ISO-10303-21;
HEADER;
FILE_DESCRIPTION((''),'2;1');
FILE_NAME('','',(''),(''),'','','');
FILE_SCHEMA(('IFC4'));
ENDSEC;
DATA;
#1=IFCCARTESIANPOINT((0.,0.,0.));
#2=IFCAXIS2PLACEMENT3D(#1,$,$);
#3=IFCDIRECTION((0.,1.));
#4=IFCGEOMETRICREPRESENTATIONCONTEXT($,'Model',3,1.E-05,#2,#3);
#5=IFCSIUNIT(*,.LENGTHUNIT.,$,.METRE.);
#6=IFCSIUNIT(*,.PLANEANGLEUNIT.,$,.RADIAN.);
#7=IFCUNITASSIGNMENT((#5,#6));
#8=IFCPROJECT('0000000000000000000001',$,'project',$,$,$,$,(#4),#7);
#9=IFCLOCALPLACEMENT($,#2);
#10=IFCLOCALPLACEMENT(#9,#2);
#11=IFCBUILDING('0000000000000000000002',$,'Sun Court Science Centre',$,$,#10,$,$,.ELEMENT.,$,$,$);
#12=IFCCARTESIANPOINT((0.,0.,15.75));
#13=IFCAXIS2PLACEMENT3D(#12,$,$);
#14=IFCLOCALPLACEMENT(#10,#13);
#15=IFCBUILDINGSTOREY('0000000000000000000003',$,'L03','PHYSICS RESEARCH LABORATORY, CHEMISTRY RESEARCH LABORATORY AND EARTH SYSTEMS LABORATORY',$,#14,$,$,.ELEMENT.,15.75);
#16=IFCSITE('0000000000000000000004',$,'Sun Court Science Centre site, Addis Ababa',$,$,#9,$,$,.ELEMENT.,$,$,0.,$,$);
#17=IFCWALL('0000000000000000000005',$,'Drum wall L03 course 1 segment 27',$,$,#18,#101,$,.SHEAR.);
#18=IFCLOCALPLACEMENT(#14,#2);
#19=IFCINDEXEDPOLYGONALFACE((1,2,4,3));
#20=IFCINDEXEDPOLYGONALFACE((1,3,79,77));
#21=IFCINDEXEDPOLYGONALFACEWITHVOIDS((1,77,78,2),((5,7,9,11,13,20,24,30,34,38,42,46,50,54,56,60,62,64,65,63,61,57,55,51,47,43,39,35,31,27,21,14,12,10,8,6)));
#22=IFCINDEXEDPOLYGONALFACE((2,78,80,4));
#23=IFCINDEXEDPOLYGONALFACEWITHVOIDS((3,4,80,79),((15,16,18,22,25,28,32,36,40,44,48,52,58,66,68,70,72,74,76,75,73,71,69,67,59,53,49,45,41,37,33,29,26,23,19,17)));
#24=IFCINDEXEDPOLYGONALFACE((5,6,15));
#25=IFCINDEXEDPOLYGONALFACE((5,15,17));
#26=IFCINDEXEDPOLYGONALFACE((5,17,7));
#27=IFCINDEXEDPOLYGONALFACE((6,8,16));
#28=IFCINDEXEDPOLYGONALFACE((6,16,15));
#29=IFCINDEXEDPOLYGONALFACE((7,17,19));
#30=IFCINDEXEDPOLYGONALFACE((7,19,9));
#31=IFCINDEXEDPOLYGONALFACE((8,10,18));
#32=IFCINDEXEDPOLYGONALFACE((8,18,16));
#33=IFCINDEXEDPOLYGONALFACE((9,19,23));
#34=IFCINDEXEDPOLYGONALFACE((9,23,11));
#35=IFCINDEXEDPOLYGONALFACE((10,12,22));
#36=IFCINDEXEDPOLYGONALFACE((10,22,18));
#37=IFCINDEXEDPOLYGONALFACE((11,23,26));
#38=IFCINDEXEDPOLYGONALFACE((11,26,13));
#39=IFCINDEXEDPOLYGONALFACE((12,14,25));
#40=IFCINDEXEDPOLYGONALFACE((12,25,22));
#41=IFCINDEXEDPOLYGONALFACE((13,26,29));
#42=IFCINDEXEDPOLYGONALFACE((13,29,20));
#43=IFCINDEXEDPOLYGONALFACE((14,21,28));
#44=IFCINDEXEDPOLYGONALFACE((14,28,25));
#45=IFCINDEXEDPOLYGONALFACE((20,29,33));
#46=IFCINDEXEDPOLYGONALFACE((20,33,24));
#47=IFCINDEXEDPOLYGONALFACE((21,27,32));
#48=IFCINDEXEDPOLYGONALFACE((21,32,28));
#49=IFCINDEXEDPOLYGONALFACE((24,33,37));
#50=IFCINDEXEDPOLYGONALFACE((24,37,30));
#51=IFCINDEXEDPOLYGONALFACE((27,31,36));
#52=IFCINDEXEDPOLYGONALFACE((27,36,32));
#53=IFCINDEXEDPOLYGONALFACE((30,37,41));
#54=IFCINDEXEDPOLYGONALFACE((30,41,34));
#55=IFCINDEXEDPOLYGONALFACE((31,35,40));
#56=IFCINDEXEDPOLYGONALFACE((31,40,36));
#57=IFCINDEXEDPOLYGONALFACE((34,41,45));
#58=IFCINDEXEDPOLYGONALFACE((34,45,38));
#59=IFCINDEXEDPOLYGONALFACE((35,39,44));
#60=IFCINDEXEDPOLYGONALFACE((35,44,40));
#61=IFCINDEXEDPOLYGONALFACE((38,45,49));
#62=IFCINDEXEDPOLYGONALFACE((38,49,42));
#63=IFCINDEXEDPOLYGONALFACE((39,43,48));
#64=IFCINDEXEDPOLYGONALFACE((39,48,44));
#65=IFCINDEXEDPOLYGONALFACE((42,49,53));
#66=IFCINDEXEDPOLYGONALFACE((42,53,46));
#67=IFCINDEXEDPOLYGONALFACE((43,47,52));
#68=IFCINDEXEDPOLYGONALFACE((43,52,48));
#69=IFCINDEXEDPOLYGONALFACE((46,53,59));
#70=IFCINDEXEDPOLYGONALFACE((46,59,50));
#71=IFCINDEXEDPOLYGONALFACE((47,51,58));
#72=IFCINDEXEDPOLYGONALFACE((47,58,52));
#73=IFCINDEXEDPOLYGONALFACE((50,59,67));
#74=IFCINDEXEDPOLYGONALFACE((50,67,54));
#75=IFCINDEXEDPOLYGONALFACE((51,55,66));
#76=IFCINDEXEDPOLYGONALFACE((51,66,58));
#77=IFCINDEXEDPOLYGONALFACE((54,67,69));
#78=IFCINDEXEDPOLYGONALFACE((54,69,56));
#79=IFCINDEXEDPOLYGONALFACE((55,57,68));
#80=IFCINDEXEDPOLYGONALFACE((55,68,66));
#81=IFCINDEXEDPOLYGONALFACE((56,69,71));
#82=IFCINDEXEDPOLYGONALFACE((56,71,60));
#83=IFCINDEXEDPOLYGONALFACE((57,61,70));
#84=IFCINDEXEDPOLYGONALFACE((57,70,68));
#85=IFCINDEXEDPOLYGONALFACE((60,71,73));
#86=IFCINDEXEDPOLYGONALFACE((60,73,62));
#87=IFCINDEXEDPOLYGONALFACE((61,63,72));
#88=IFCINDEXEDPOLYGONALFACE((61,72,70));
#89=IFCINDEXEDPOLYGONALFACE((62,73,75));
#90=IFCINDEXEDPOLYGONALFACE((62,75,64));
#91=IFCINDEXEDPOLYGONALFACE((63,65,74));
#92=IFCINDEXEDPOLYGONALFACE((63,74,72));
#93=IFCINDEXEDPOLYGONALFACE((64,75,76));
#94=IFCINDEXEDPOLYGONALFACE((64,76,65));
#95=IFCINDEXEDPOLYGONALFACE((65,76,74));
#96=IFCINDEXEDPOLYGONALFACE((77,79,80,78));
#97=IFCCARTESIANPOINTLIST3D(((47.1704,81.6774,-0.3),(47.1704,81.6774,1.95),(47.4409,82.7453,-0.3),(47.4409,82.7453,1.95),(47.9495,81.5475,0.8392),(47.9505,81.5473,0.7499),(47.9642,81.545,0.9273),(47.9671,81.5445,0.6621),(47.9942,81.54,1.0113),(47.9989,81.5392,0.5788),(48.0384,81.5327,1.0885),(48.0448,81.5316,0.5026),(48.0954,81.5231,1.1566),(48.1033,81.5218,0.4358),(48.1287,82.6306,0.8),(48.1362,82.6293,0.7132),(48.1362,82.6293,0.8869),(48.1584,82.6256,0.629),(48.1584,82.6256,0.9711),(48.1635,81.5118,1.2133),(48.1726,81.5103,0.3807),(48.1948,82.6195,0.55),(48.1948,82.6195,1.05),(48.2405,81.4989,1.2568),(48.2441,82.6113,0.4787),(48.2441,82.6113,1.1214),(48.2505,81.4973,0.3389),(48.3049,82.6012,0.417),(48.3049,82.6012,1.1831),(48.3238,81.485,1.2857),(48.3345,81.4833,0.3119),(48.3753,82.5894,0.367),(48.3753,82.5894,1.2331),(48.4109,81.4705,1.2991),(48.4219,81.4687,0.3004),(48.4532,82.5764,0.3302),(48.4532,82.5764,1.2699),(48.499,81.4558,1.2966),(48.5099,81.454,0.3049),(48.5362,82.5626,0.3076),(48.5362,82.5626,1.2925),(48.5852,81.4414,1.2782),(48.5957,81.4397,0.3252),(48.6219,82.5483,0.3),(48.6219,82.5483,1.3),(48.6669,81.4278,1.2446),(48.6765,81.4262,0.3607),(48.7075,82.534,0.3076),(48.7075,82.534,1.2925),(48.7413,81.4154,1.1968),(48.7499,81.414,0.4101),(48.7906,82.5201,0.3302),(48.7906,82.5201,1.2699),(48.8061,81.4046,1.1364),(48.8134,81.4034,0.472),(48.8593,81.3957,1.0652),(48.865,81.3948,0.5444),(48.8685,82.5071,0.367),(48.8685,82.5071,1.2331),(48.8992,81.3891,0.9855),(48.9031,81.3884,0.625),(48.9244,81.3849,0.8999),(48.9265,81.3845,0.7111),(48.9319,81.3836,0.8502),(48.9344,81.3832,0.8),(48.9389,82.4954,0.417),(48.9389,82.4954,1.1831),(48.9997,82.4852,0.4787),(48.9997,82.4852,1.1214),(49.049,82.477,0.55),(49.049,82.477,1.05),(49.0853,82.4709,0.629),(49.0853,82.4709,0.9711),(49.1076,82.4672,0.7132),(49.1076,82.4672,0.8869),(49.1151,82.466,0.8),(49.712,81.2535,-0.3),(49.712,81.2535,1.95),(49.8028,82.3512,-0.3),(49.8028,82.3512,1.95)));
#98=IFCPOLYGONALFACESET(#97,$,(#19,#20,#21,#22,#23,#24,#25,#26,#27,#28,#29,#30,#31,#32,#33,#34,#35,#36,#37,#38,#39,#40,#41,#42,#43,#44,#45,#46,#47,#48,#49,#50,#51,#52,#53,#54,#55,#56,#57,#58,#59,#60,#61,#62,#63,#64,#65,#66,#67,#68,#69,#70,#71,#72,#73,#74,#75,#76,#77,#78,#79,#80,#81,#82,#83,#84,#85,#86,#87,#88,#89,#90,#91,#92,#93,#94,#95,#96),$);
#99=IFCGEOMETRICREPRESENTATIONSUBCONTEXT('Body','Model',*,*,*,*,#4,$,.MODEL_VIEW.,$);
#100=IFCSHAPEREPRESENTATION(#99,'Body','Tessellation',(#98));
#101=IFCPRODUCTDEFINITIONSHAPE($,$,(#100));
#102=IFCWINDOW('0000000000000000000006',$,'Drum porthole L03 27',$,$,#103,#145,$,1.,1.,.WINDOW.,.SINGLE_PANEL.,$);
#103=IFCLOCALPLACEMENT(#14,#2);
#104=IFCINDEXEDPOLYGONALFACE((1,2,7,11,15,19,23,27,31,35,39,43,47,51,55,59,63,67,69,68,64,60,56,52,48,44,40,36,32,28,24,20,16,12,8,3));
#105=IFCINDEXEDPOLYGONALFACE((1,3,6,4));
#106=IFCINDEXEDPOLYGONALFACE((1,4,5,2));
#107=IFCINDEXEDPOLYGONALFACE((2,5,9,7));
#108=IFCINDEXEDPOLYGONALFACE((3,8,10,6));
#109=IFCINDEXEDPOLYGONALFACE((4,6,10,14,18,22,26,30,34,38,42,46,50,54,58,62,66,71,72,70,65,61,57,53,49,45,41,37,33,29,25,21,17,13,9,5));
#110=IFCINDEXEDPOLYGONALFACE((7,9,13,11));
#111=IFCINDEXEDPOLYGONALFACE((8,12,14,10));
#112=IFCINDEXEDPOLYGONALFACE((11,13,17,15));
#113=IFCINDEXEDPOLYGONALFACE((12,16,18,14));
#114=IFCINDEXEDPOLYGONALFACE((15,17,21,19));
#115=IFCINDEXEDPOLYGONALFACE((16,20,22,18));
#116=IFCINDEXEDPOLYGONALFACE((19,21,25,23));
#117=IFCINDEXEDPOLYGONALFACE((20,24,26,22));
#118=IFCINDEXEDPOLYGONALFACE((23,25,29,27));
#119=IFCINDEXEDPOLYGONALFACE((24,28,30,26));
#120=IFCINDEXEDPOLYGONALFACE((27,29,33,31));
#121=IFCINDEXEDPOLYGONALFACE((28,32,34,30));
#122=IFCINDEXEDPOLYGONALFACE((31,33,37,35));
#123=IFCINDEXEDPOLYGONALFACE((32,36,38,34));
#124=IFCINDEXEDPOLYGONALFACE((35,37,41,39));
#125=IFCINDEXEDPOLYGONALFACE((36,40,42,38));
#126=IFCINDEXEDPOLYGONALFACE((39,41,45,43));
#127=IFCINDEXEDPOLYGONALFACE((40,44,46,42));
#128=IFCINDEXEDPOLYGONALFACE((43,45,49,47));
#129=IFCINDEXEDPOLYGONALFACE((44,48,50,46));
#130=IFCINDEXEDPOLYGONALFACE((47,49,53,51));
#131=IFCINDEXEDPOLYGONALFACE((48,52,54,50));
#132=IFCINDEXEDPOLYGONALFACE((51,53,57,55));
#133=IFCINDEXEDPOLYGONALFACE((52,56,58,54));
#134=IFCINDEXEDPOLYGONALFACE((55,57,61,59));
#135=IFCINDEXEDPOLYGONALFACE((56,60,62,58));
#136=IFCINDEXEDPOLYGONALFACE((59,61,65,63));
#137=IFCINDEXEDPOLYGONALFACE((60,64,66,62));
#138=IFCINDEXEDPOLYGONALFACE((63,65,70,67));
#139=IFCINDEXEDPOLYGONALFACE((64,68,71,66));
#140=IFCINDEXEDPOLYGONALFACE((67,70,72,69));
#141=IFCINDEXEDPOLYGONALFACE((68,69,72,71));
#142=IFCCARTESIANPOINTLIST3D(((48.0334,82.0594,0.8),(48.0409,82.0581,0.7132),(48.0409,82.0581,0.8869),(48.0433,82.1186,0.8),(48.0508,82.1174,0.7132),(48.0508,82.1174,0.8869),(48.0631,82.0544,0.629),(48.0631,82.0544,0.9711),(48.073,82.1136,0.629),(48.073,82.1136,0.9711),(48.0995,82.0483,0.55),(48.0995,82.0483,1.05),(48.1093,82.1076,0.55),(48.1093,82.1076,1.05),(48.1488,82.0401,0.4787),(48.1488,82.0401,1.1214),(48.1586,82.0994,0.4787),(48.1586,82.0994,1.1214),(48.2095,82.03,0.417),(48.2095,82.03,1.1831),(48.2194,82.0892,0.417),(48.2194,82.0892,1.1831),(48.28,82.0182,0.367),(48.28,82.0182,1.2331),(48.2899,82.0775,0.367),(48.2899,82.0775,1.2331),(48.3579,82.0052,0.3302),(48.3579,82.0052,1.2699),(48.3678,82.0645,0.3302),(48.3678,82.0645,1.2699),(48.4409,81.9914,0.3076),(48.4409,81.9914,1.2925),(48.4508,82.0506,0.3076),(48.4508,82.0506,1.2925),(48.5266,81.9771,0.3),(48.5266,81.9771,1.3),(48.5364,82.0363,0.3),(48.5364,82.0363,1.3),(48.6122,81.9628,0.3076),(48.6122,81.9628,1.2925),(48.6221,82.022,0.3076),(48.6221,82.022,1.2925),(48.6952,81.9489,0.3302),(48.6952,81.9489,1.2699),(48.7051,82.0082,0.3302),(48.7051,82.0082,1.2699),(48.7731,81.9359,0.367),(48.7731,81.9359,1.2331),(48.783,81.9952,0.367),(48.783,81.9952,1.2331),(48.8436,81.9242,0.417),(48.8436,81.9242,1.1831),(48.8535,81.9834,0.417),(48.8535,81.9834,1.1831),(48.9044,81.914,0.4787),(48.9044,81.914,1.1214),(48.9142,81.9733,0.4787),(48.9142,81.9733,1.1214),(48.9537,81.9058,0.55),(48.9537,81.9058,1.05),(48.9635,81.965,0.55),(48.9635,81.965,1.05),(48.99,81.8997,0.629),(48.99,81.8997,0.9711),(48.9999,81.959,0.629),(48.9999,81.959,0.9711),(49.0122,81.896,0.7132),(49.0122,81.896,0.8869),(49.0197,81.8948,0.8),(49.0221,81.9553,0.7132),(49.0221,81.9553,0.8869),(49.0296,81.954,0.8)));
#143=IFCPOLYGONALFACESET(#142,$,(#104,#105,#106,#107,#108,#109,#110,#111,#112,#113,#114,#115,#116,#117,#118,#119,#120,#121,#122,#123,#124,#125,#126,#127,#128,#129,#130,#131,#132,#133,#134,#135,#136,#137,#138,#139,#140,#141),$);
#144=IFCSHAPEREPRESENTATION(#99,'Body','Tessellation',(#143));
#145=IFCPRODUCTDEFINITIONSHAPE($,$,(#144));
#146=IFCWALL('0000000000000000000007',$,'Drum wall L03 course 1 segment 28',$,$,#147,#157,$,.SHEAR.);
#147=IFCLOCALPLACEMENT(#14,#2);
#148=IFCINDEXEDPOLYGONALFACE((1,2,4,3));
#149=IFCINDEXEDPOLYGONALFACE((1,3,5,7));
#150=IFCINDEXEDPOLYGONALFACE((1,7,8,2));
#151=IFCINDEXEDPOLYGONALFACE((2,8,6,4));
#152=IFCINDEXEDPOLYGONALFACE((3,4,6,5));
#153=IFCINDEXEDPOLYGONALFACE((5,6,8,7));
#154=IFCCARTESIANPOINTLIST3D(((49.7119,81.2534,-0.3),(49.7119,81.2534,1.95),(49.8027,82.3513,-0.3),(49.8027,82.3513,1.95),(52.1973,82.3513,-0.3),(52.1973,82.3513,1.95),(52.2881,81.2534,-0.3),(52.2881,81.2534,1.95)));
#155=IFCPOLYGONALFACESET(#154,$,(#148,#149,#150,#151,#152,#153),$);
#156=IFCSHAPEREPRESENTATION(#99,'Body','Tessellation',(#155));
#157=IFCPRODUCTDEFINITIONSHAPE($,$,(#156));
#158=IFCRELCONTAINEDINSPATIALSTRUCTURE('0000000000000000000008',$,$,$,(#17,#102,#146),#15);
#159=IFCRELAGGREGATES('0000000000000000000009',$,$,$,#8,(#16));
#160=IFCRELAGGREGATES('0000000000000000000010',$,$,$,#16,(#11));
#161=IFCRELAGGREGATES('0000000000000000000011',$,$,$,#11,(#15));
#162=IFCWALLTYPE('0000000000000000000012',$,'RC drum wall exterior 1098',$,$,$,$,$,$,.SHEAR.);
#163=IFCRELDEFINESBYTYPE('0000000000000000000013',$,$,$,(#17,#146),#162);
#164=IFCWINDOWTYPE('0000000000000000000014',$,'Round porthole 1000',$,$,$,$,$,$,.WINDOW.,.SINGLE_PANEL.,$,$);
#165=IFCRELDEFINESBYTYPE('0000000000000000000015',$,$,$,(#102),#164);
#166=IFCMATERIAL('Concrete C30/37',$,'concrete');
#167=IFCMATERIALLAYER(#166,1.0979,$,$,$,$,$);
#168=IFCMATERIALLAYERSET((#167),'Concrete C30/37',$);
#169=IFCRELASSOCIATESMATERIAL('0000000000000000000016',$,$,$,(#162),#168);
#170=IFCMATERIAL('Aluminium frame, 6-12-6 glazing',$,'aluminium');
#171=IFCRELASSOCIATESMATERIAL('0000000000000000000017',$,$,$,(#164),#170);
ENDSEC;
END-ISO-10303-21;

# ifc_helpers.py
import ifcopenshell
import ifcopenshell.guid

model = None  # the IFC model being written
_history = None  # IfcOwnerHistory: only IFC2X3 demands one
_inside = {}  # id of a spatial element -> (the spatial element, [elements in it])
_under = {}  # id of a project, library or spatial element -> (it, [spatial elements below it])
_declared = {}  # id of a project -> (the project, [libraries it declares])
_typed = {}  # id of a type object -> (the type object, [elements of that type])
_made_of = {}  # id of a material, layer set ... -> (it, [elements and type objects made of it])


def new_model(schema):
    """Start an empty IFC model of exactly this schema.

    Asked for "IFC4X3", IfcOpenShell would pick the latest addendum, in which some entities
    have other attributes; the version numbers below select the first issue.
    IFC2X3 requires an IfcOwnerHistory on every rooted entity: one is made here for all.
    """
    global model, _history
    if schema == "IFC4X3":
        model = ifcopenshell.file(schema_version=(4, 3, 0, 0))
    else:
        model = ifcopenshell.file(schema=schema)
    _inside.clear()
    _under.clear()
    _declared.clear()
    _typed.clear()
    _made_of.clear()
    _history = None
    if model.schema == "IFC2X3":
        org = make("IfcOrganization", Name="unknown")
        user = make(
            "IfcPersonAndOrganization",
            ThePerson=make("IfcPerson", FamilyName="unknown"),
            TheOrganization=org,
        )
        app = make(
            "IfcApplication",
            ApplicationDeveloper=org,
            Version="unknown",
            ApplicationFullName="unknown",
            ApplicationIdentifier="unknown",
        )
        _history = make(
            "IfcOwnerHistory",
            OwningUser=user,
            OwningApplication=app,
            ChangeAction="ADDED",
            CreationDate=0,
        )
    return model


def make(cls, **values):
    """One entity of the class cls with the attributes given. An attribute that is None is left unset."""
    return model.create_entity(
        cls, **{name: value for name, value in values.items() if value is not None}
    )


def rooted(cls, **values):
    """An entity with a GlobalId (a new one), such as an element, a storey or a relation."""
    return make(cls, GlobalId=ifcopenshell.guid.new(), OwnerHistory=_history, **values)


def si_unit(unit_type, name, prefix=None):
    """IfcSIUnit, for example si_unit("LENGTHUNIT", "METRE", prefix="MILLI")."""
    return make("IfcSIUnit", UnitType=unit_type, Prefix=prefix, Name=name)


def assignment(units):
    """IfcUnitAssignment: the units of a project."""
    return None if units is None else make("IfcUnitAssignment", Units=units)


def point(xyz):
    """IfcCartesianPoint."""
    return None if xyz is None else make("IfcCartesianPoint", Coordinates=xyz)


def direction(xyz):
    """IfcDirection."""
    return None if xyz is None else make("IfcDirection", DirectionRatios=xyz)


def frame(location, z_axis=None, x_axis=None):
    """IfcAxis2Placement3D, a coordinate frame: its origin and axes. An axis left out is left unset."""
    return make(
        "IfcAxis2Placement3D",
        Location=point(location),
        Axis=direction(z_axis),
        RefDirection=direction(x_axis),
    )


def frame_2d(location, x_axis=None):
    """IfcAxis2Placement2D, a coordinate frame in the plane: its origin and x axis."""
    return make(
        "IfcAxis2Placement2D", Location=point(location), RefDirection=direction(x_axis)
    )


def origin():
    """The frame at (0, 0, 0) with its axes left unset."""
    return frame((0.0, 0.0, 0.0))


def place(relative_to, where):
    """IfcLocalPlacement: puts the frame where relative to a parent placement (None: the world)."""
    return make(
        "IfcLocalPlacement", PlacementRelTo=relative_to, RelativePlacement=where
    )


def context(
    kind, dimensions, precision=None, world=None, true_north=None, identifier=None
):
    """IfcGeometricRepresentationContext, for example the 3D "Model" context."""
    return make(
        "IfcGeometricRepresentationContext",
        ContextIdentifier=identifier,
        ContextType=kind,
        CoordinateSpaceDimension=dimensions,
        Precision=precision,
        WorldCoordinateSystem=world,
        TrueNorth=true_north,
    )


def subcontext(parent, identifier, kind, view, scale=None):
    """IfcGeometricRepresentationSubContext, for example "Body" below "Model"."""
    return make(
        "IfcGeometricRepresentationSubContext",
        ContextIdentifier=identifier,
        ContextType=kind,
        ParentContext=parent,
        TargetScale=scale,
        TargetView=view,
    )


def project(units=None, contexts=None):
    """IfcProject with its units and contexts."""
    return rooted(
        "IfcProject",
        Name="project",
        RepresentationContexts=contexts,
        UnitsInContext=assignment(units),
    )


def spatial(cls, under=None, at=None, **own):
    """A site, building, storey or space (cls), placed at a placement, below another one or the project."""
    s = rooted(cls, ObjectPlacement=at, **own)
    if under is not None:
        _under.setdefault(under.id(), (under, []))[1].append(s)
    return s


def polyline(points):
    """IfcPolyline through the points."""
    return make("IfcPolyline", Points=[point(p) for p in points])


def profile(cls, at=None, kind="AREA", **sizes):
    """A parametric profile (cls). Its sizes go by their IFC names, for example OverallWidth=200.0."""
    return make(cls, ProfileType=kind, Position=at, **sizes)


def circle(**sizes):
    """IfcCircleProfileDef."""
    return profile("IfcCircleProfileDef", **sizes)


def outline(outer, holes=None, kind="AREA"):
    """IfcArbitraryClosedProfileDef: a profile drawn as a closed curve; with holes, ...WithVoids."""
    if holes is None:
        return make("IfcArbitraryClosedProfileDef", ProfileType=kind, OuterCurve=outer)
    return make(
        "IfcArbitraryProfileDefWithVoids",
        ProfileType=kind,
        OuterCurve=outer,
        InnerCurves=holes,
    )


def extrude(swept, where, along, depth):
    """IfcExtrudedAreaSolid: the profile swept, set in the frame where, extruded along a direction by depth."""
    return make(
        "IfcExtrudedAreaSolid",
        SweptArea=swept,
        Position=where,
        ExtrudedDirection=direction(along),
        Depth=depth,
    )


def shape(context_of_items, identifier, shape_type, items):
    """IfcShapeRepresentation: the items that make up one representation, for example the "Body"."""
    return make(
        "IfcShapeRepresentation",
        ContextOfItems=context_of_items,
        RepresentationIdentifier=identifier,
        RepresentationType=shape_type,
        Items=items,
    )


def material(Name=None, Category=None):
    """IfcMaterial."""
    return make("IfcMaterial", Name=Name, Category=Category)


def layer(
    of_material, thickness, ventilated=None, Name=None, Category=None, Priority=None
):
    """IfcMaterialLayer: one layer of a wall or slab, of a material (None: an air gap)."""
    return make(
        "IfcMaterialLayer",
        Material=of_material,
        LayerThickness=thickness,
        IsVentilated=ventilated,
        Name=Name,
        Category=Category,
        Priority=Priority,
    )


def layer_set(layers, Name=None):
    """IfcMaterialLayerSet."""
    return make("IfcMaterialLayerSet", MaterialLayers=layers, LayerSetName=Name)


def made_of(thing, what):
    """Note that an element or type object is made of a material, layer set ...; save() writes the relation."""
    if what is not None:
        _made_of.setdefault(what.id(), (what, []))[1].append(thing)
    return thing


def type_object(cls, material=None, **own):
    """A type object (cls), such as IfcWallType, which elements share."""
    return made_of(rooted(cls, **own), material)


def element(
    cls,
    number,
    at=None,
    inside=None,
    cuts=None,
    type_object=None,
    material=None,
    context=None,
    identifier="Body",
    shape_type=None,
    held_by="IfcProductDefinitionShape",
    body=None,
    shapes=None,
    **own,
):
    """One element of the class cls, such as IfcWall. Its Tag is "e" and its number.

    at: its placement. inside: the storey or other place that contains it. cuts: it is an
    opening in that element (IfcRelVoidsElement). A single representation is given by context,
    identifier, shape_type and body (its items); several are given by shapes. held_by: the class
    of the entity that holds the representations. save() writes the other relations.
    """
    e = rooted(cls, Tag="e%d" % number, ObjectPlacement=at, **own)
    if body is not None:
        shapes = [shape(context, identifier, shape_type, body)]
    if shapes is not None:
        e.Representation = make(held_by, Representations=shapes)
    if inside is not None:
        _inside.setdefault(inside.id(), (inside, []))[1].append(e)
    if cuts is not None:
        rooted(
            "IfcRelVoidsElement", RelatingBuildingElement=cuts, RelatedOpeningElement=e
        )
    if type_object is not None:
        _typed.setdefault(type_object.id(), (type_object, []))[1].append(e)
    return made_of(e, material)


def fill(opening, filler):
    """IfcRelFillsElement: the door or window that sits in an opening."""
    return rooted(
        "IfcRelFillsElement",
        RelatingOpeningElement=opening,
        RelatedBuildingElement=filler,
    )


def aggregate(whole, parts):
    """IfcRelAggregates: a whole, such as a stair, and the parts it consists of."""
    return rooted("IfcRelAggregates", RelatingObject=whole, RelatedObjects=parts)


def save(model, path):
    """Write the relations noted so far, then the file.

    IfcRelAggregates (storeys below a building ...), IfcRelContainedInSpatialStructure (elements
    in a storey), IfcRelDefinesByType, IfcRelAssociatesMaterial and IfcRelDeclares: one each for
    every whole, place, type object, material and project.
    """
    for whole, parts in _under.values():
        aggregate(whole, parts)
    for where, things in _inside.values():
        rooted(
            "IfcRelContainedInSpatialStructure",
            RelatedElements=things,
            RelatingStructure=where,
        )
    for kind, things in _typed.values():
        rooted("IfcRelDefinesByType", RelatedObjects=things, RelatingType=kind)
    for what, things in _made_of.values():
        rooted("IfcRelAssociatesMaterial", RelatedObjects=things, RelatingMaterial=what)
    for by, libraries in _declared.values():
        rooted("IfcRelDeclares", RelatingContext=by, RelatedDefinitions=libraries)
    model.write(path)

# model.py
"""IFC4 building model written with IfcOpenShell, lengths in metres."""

from ifc_helpers import new_model, si_unit, direction, frame, frame_2d, origin, place, context, subcontext, project, spatial, polyline, circle, outline, extrude, material, layer, layer_set, type_object, element, fill, save


model = new_model("IFC4")

# Units and contexts
model_context = context("Model", 3, precision=1e-05, world=origin(), true_north=direction((0.0, 1.0)))
body_context = subcontext(model_context, "Body", "Model", "MODEL_VIEW")
ifc_project = project(units=[si_unit("LENGTHUNIT", "METRE"), si_unit("PLANEANGLEUNIT", "RADIAN")], contexts=[model_context])

# Site, building, storey
site_placement = place(None, origin())
site = spatial("IfcSite", under=ifc_project, at=site_placement, Name="Sun Court Science Centre site, Addis Ababa", CompositionType="ELEMENT", RefElevation=0.0)
building_placement = place(site_placement, origin())
building = spatial("IfcBuilding", under=site, at=building_placement, Name="Sun Court Science Centre", CompositionType="ELEMENT")
storey_placement = place(building_placement, frame((0.0, 0.0, 15.75)))
storey = spatial("IfcBuildingStorey", under=building, at=storey_placement, Name="L03", Description="PHYSICS RESEARCH LABORATORY, CHEMISTRY RESEARCH LABORATORY AND EARTH SYSTEMS LABORATORY", CompositionType="ELEMENT", Elevation=15.75)

# Wall, opening, window
ifc_material_1 = material(Name="Concrete C30/37", Category="concrete")
ifc_layer_1 = layer(ifc_material_1, 1.0979)
ifc_layer_set_1 = layer_set([ifc_layer_1], Name="Concrete C30/37")
wall_type_1 = type_object("IfcWallType", Name="RC drum wall exterior 1098", PredefinedType="SHEAR", material=ifc_layer_set_1)
wall_1_placement = place(storey_placement, frame((47.2607, 82.2188, -0.3), z_axis=(0.0, 0.0, 1.0), x_axis=(0.986361, -0.164599, 0.0)))
wall_1 = element("IfcWall", 1, at=wall_1_placement, inside=storey, type_object=wall_type_1, Name="Drum wall L03 course 1 segment 27", PredefinedType="SHEAR", context=body_context, shape_type="SweptSolid", body=[
    extrude(outline(polyline([(0.0, -0.5488), (2.5767, -0.5486), (2.4856, 0.5491), (0.0911, 0.5491), (0.0, -0.5488)])), origin(), (0.0, 0.0, 1.0), 2.25),
])
opening_1_placement = place(wall_1_placement, frame((0.7883, 0.0, 0.6001)))
opening_1 = element("IfcOpeningElement", 2, at=opening_1_placement, cuts=wall_1, PredefinedType="OPENING", context=body_context, shape_type="SweptSolid", body=[
    extrude(circle(Radius=0.5, at=frame_2d((0.5, 0.5))), frame((0.0, 0.5588, 0.0), z_axis=(0.0, -1.0, 0.0), x_axis=(1.0, 0.0, 0.0)), (0.0, 0.0, 1.0), 1.1179),
])
ifc_material_2 = material(Name="Aluminium frame, 6-12-6 glazing", Category="aluminium")
window_type = type_object("IfcWindowType", Name="Round porthole 1000", PartitioningType="SINGLE_PANEL", PredefinedType="WINDOW", material=ifc_material_2)
window_1_placement = place(opening_1_placement, origin())
window_1 = element("IfcWindow", 3, at=window_1_placement, inside=storey, type_object=window_type, Name="Drum porthole L03 27", OverallHeight=1.0, OverallWidth=1.0, PartitioningType="SINGLE_PANEL", PredefinedType="WINDOW", context=body_context, shape_type="SweptSolid", body=[
    extrude(circle(Radius=0.5, at=frame_2d((0.5, 0.5))), frame((0.0, 0.03, 0.0), z_axis=(0.0, -1.0, 0.0), x_axis=(1.0, 0.0, 0.0)), (0.0, 0.0, 1.0), 0.0601),
])
fill(opening_1, window_1)

# Wall
wall_2_placement = place(storey_placement, frame((49.7117, 81.8022, -0.3), z_axis=(0.0, 0.0, 1.0), x_axis=(1.0, 0.0, 0.0)))
element("IfcWall", 4, at=wall_2_placement, inside=storey, type_object=wall_type_1, Name="Drum wall L03 course 1 segment 28", PredefinedType="SHEAR", context=body_context, shape_type="SweptSolid", body=[
    extrude(outline(polyline([(0.0002, -0.5488), (2.5764, -0.5488), (2.4856, 0.5491), (0.0911, 0.5491), (0.0002, -0.5488)])), origin(), (0.0, 0.0, 1.0), 2.25),
])

save(model, "model.ifc")
